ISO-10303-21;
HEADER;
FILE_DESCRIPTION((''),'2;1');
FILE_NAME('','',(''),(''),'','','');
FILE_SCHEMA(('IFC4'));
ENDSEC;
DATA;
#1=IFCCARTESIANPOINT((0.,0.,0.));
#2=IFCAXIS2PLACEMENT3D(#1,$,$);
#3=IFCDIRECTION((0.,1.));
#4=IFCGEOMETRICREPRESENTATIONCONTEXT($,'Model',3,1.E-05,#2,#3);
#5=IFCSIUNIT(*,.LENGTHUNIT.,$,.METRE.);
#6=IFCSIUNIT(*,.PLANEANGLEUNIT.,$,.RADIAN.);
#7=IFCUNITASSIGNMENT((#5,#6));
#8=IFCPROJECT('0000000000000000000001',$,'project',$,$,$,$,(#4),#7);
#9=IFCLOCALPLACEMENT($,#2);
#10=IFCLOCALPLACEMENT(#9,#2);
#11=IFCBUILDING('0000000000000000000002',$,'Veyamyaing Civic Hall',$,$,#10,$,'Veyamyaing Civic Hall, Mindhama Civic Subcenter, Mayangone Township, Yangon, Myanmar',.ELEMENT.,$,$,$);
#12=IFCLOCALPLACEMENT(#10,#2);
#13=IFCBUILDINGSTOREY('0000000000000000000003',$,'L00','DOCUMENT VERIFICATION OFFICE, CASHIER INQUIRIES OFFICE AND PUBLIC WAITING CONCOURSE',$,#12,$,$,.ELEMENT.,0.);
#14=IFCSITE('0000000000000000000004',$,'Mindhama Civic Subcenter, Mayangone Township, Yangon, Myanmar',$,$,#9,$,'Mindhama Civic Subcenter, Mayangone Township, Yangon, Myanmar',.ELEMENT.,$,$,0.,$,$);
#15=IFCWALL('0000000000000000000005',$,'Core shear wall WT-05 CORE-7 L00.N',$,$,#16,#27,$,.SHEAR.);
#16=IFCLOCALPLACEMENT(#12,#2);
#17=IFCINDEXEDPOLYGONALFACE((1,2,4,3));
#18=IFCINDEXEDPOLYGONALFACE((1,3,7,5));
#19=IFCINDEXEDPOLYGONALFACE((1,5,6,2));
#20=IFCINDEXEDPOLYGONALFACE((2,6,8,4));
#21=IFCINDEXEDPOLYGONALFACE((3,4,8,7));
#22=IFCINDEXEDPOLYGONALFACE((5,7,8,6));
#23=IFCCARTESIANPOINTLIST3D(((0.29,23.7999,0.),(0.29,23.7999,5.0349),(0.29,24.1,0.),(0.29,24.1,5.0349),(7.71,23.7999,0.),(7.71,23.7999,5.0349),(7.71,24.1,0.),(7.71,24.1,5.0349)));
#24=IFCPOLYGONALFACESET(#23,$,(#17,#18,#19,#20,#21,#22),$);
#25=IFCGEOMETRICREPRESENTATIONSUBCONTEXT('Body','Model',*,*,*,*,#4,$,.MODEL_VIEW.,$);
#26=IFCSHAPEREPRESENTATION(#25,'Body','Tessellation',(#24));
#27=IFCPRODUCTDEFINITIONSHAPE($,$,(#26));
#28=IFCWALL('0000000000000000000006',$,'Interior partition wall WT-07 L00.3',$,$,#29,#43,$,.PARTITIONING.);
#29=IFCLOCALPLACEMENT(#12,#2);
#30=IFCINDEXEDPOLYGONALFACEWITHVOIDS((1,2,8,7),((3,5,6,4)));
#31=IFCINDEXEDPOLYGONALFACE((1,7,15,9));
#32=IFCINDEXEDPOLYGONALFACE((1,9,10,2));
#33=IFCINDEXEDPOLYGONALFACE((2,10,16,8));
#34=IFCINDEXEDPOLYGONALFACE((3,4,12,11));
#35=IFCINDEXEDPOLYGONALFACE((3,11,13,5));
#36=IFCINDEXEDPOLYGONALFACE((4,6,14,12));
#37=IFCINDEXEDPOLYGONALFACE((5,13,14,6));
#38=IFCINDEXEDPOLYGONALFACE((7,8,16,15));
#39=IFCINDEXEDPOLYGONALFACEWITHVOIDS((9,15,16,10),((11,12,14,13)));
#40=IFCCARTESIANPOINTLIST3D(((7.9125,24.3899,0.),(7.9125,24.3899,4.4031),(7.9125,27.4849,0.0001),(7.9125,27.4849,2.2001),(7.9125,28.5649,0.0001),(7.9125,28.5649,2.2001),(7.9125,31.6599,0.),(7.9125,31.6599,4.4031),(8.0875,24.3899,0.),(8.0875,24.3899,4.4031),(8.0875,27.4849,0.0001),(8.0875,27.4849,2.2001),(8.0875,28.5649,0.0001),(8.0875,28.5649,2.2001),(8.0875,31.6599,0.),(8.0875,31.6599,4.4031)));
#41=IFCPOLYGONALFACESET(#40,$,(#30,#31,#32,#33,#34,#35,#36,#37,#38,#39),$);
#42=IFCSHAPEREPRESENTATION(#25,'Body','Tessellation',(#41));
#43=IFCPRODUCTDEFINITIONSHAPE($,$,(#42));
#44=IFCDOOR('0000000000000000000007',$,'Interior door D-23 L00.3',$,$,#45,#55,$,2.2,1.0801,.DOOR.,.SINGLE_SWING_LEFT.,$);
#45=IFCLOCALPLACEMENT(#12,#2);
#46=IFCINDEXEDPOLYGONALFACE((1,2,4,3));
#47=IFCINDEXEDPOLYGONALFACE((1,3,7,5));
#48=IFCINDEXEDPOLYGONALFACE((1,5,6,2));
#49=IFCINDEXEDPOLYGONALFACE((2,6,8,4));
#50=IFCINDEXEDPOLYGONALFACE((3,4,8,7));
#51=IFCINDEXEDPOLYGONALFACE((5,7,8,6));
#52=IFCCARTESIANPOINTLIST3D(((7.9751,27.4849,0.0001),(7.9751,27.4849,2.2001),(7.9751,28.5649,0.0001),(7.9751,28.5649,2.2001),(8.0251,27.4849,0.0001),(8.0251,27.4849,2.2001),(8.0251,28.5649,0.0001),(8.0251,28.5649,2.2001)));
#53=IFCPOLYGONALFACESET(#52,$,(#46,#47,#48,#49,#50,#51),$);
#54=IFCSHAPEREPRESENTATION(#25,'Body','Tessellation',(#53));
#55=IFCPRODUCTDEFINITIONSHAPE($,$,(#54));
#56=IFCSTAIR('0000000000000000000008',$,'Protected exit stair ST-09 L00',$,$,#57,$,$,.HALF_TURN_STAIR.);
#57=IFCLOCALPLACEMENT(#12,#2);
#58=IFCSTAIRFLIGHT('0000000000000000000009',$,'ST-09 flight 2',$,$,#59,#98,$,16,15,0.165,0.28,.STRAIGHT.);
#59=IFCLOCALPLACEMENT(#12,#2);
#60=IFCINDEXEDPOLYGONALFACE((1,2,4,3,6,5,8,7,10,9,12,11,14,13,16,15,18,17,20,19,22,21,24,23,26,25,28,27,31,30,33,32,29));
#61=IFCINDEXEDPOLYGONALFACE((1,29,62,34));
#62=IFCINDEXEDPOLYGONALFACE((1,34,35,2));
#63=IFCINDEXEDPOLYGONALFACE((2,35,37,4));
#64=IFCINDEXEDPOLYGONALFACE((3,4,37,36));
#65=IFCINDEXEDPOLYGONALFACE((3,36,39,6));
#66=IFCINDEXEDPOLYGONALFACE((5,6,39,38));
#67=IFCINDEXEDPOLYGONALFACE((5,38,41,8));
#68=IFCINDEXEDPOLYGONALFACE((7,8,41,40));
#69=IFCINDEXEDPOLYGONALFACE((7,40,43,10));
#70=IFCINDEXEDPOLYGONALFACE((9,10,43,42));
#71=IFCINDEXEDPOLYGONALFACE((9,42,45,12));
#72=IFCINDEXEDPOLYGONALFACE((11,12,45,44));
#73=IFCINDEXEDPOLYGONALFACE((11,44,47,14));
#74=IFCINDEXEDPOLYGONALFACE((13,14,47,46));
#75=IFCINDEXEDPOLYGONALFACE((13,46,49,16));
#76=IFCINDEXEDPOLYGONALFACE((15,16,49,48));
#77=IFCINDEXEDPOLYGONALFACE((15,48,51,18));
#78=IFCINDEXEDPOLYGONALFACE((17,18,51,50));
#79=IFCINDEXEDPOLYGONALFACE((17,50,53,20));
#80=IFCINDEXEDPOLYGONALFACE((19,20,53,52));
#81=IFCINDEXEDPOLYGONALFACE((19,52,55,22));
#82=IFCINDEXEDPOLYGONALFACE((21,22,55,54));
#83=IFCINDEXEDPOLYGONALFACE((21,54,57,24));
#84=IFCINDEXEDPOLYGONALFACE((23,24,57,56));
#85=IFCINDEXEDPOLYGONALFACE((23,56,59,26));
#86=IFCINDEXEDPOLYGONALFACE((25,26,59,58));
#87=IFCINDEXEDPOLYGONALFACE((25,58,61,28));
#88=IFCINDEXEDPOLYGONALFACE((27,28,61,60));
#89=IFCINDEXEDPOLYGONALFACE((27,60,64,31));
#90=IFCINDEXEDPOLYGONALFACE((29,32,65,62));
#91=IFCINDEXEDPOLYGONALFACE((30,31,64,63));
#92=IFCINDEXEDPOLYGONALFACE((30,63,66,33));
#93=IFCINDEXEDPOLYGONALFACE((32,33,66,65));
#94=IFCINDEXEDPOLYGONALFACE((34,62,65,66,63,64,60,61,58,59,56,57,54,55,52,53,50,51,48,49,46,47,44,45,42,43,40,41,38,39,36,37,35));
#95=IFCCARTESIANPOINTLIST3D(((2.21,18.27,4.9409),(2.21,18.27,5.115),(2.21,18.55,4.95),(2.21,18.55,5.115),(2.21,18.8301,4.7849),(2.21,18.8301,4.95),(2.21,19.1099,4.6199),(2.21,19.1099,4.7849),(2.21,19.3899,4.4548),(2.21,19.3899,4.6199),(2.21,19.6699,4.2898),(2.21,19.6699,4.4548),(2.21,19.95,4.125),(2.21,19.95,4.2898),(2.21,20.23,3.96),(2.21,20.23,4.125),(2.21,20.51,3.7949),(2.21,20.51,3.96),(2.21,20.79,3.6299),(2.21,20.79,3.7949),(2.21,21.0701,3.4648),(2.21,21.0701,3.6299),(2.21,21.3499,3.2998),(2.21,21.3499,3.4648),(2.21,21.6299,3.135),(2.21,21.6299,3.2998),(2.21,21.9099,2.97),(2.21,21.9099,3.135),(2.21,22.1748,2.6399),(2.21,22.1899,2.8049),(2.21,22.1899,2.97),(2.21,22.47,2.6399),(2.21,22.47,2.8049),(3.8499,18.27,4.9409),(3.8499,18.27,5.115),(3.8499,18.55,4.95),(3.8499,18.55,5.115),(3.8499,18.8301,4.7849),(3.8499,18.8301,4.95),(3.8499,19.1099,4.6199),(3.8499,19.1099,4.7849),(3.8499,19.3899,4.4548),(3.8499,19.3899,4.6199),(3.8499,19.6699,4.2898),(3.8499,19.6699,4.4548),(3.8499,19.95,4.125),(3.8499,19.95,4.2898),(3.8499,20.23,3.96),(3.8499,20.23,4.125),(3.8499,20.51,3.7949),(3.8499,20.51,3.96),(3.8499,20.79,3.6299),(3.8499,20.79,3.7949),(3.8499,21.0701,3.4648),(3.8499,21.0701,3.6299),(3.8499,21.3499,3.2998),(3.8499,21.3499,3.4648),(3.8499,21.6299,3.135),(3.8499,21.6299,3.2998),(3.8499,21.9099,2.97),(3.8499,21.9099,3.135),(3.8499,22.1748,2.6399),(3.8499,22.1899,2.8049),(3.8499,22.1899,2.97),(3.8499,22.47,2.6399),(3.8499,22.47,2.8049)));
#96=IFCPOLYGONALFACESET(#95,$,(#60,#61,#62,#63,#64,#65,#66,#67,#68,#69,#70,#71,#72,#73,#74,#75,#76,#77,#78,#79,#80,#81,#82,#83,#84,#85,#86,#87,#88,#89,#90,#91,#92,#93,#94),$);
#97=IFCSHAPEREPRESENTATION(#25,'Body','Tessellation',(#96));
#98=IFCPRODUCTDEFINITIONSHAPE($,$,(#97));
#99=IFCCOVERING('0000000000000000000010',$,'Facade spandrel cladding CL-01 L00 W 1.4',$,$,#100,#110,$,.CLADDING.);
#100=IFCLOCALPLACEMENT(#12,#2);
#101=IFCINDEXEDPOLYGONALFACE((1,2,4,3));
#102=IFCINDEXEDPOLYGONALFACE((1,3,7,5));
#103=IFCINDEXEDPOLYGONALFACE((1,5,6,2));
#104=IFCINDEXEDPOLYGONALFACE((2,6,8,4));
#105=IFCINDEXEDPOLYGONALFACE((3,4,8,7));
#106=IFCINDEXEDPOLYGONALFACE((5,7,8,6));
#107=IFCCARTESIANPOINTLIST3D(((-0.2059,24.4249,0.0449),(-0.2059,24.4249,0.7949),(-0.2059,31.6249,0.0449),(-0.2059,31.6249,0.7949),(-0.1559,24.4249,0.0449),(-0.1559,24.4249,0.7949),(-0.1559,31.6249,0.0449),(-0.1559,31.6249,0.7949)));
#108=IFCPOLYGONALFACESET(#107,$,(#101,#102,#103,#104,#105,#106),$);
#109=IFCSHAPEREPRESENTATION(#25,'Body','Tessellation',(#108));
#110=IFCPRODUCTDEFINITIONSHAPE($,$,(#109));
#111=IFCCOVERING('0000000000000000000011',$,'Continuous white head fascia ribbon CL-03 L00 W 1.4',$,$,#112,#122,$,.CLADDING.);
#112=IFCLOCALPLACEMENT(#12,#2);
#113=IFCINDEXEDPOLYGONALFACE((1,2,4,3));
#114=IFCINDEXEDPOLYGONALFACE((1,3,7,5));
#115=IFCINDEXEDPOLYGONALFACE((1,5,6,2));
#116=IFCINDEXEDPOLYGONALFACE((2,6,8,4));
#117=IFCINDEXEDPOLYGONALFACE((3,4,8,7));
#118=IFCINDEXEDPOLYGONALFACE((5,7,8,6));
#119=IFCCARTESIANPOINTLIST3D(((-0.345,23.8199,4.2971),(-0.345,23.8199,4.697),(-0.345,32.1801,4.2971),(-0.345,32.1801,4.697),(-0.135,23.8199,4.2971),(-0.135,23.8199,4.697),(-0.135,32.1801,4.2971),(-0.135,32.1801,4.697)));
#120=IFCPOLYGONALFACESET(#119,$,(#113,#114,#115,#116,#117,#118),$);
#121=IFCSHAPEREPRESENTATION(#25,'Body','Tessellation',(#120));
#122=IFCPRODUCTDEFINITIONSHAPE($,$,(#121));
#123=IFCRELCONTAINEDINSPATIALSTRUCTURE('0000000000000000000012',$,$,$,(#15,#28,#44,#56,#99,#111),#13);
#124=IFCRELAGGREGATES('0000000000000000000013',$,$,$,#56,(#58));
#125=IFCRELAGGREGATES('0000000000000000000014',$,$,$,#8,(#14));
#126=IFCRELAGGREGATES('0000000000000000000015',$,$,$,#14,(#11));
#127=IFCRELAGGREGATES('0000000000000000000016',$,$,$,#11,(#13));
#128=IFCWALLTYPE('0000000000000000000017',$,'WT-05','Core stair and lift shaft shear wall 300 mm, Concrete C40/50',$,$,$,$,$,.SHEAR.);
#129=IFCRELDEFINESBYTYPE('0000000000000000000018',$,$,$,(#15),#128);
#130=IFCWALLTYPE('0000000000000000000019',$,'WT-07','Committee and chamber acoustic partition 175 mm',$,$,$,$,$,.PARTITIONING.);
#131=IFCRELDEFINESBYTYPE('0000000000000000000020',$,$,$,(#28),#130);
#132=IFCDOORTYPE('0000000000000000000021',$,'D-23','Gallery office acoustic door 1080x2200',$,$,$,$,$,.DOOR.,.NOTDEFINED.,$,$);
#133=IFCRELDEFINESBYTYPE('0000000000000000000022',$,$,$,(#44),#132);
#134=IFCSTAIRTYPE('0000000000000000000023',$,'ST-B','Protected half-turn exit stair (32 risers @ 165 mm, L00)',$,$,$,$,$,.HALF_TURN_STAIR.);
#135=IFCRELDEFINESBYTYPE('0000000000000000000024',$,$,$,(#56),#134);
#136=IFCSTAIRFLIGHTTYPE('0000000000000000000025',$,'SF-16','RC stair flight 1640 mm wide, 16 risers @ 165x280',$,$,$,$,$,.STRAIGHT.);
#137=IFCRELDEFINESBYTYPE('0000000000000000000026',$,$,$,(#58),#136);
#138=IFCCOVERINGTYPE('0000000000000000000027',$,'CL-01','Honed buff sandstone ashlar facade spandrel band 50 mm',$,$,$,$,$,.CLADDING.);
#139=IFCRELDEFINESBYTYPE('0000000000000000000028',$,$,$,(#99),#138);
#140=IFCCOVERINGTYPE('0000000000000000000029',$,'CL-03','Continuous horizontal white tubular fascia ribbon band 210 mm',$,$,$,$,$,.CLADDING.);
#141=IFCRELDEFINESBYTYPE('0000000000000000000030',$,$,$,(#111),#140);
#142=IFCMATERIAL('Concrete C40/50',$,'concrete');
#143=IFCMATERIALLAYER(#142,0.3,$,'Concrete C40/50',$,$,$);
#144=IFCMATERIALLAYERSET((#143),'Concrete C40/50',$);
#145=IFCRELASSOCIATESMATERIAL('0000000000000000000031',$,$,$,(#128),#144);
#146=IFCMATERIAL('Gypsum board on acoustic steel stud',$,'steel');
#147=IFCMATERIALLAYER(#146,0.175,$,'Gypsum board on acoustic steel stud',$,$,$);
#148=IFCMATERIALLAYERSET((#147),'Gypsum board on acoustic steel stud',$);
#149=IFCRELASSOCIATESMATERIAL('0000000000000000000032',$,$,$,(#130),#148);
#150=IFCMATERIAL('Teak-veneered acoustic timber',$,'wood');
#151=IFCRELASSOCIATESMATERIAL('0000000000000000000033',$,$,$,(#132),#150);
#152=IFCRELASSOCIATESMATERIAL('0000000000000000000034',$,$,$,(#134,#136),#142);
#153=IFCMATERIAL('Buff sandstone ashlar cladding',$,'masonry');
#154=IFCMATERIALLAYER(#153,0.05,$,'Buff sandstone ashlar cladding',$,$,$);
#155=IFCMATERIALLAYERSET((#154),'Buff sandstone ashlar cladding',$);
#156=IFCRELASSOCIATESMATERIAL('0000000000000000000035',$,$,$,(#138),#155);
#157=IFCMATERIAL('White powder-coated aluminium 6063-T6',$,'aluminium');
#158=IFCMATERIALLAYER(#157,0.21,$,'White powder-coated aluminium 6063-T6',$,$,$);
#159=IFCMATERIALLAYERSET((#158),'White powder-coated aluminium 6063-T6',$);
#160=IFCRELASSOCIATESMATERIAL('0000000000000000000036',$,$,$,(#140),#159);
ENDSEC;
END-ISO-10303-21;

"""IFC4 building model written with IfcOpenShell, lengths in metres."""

from ifc_helpers import new_model, si_unit, direction, frame, frame_2d, origin, origin_2d, place, context, subcontext, project, spatial, polyline, rectangle, outline, extrude, material, layer, layer_set, type_object, element, fill, aggregate, save


model = new_model("IFC4")

# Units and contexts
model_context = context("Model", 3, precision=1e-05, world=origin(), true_north=direction((0.0, 1.0)))
body_context = subcontext(model_context, "Body", "Model", "MODEL_VIEW")
ifc_project = project(units=[si_unit("LENGTHUNIT", "METRE"), si_unit("PLANEANGLEUNIT", "RADIAN")], contexts=[model_context])

# Site, building, storey
site_placement = place(None, origin())
site = spatial("IfcSite", under=ifc_project, at=site_placement, Name="Mindhama Civic Subcenter, Mayangone Township, Yangon, Myanmar", LongName="Mindhama Civic Subcenter, Mayangone Township, Yangon, Myanmar", CompositionType="ELEMENT", RefElevation=0.0)
building_placement = place(site_placement, origin())
building = spatial("IfcBuilding", under=site, at=building_placement, Name="Veyamyaing Civic Hall", LongName="Veyamyaing Civic Hall, Mindhama Civic Subcenter, Mayangone Township, Yangon, Myanmar", CompositionType="ELEMENT")
storey_placement = place(building_placement, origin())
storey = spatial("IfcBuildingStorey", under=building, at=storey_placement, Name="L00", Description="DOCUMENT VERIFICATION OFFICE, CASHIER INQUIRIES OFFICE AND PUBLIC WAITING CONCOURSE", CompositionType="ELEMENT", Elevation=0.0)

# Wall
ifc_material_1 = material(Name="Concrete C40/50", Category="concrete")
ifc_layer_1 = layer(ifc_material_1, 0.3, Name="Concrete C40/50")
ifc_layer_set_1 = layer_set([ifc_layer_1], Name="Concrete C40/50")
wall_type_1 = type_object("IfcWallType", Name="WT-05", Description="Core stair and lift shaft shear wall 300 mm, Concrete C40/50", PredefinedType="SHEAR", material=ifc_layer_set_1)
wall_1_placement = place(storey_placement, frame((0.29, 23.95, 0.0), z_axis=(0.0, 0.0, 1.0), x_axis=(1.0, 0.0, 0.0)))
element("IfcWall", 1, at=wall_1_placement, inside=storey, type_object=wall_type_1, Name="Core shear wall WT-05 CORE-7 L00.N", PredefinedType="SHEAR", context=body_context, shape_type="SweptSolid", body=[
    extrude(rectangle(XDim=7.4199, YDim=0.3, at=frame_2d((3.71, 0.0))), origin(), (0.0, 0.0, 1.0), 5.0349),
])

# Wall, opening, door
ifc_material_2 = material(Name="Gypsum board on acoustic steel stud", Category="steel")
ifc_layer_2 = layer(ifc_material_2, 0.175, Name="Gypsum board on acoustic steel stud")
ifc_layer_set_2 = layer_set([ifc_layer_2], Name="Gypsum board on acoustic steel stud")
wall_type_2 = type_object("IfcWallType", Name="WT-07", Description="Committee and chamber acoustic partition 175 mm", PredefinedType="PARTITIONING", material=ifc_layer_set_2)
wall_2_placement = place(storey_placement, frame((8.0, 24.3899, 0.0), z_axis=(0.0, 0.0, 1.0), x_axis=(0.0, 1.0, 0.0)))
wall_2 = element("IfcWall", 2, at=wall_2_placement, inside=storey, type_object=wall_type_2, Name="Interior partition wall WT-07 L00.3", PredefinedType="PARTITIONING", context=body_context, shape_type="SweptSolid", body=[
    extrude(rectangle(XDim=7.27, YDim=0.175, at=frame_2d((3.635, 0.0))), origin(), (0.0, 0.0, 1.0), 4.4031),
])
opening_1_placement = place(wall_2_placement, frame((3.095, 0.0, 0.0)))
opening_1 = element("IfcOpeningElement", 3, at=opening_1_placement, cuts=wall_2, PredefinedType="OPENING", context=body_context, shape_type="SweptSolid", body=[
    extrude(rectangle(XDim=1.0801, YDim=2.2, at=frame_2d((0.54, 1.1001))), frame((0.0, 0.0974, 0.0), z_axis=(0.0, -1.0, 0.0), x_axis=(1.0, 0.0, 0.0)), (0.0, 0.0, 1.0), 0.1951),
])
ifc_material_3 = material(Name="Teak-veneered acoustic timber", Category="wood")
door_type_1 = type_object("IfcDoorType", Name="D-23", Description="Gallery office acoustic door 1080x2200", OperationType="NOTDEFINED", PredefinedType="DOOR", material=ifc_material_3)
door_1_placement = place(opening_1_placement, origin())
door_1 = element("IfcDoor", 4, at=door_1_placement, inside=storey, type_object=door_type_1, Name="Interior door D-23 L00.3", OperationType="SINGLE_SWING_LEFT", OverallHeight=2.2, OverallWidth=1.0801, PredefinedType="DOOR", context=body_context, shape_type="SweptSolid", body=[
    extrude(rectangle(XDim=1.0801, YDim=2.2, at=frame_2d((0.54, 1.1001))), frame((0.0, 0.0249, 0.0), z_axis=(0.0, -1.0, 0.0), x_axis=(1.0, 0.0, 0.0)), (0.0, 0.0, 1.0), 0.05),
])
fill(opening_1, door_1)

# Stair, stair flight
stair_type = type_object("IfcStairType", Name="ST-B", Description="Protected half-turn exit stair (32 risers @ 165 mm, L00)", PredefinedType="HALF_TURN_STAIR", material=ifc_material_1)
stair_placement = place(storey_placement, origin())
stair = element("IfcStair", 5, at=stair_placement, inside=storey, type_object=stair_type, Name="Protected exit stair ST-09 L00", PredefinedType="HALF_TURN_STAIR")
stair_flight_type = type_object("IfcStairFlightType", Name="SF-16", Description="RC stair flight 1640 mm wide, 16 risers @ 165x280", PredefinedType="STRAIGHT", material=ifc_material_1)
stair_flight_placement = place(storey_placement, frame((3.03, 22.47, 2.6399), z_axis=(0.0, 0.0, 1.0), x_axis=(0.0, -1.0, 0.0)))
stair_flight = element("IfcStairFlight", 6, at=stair_flight_placement, type_object=stair_flight_type, Name="ST-09 flight 2", NumberOfRisers=16, NumberOfTreads=15, PredefinedType="STRAIGHT", RiserHeight=0.165, TreadLength=0.28, context=body_context, shape_type="SweptSolid", body=[
    extrude(outline(polyline([(0.0, 0.0), (0.0, 0.165), (0.28, 0.165), (0.28, 0.3301), (0.5601, 0.3301), (0.5601, 0.4951), (0.8401, 0.4951), (0.8401, 0.6599), (1.1201, 0.6599), (1.1201, 0.825), (1.3999, 0.825), (1.3999, 0.99), (1.6799, 0.99), (1.6799, 1.155), (1.96, 1.155), (1.96, 1.3201), (2.24, 1.3201), (2.24, 1.4851), (2.52, 1.4851), (2.52, 1.6499), (2.8, 1.6499), (2.8, 1.8149), (3.0801, 1.8149), (3.0801, 1.98), (3.3601, 1.98), (3.3601, 2.145), (3.6399, 2.145), (3.6399, 2.3101), (3.9199, 2.3101), (3.9199, 2.4751), (4.2, 2.4751), (4.2, 2.6399), (4.2, 2.301), (0.2952, 0.0), (0.0, 0.0)])), frame((0.0, 0.8198, 0.0), z_axis=(0.0, -1.0, 0.0), x_axis=(1.0, 0.0, 0.0)), (0.0, 0.0, 1.0), 1.6399),
])
aggregate(stair, [stair_flight])

# Coverings
ifc_material_4 = material(Name="Buff sandstone ashlar cladding", Category="masonry")
ifc_layer_3 = layer(ifc_material_4, 0.05, Name="Buff sandstone ashlar cladding")
ifc_layer_set_3 = layer_set([ifc_layer_3], Name="Buff sandstone ashlar cladding")
covering_type_1 = type_object("IfcCoveringType", Name="CL-01", Description="Honed buff sandstone ashlar facade spandrel band 50 mm", PredefinedType="CLADDING", material=ifc_layer_set_3)
covering_1_placement = place(storey_placement, frame((-0.1809, 28.0249, 0.0449), z_axis=(0.0, 0.0, 1.0), x_axis=(0.0, 1.0, 0.0)))
element("IfcCovering", 7, at=covering_1_placement, inside=storey, type_object=covering_type_1, Name="Facade spandrel cladding CL-01 L00 W 1.4", PredefinedType="CLADDING", context=body_context, shape_type="SweptSolid", body=[
    extrude(rectangle(XDim=7.2, YDim=0.05, at=origin_2d()), origin(), (0.0, 0.0, 1.0), 0.75),
])
ifc_material_5 = material(Name="White powder-coated aluminium 6063-T6", Category="aluminium")
ifc_layer_4 = layer(ifc_material_5, 0.21, Name="White powder-coated aluminium 6063-T6")
ifc_layer_set_4 = layer_set([ifc_layer_4], Name="White powder-coated aluminium 6063-T6")
covering_type_2 = type_object("IfcCoveringType", Name="CL-03", Description="Continuous horizontal white tubular fascia ribbon band 210 mm", PredefinedType="CLADDING", material=ifc_layer_set_4)
covering_2_placement = place(storey_placement, frame((-0.24, 28.0, 4.2971), z_axis=(0.0, 0.0, 1.0), x_axis=(0.0, 1.0, 0.0)))
element("IfcCovering", 8, at=covering_2_placement, inside=storey, type_object=covering_type_2, Name="Continuous white head fascia ribbon CL-03 L00 W 1.4", PredefinedType="CLADDING", context=body_context, shape_type="SweptSolid", body=[
    extrude(rectangle(XDim=8.3601, YDim=0.21, at=origin_2d()), origin(), (0.0, 0.0, 1.0), 0.3999),
])

save(model, "model.ifc")
